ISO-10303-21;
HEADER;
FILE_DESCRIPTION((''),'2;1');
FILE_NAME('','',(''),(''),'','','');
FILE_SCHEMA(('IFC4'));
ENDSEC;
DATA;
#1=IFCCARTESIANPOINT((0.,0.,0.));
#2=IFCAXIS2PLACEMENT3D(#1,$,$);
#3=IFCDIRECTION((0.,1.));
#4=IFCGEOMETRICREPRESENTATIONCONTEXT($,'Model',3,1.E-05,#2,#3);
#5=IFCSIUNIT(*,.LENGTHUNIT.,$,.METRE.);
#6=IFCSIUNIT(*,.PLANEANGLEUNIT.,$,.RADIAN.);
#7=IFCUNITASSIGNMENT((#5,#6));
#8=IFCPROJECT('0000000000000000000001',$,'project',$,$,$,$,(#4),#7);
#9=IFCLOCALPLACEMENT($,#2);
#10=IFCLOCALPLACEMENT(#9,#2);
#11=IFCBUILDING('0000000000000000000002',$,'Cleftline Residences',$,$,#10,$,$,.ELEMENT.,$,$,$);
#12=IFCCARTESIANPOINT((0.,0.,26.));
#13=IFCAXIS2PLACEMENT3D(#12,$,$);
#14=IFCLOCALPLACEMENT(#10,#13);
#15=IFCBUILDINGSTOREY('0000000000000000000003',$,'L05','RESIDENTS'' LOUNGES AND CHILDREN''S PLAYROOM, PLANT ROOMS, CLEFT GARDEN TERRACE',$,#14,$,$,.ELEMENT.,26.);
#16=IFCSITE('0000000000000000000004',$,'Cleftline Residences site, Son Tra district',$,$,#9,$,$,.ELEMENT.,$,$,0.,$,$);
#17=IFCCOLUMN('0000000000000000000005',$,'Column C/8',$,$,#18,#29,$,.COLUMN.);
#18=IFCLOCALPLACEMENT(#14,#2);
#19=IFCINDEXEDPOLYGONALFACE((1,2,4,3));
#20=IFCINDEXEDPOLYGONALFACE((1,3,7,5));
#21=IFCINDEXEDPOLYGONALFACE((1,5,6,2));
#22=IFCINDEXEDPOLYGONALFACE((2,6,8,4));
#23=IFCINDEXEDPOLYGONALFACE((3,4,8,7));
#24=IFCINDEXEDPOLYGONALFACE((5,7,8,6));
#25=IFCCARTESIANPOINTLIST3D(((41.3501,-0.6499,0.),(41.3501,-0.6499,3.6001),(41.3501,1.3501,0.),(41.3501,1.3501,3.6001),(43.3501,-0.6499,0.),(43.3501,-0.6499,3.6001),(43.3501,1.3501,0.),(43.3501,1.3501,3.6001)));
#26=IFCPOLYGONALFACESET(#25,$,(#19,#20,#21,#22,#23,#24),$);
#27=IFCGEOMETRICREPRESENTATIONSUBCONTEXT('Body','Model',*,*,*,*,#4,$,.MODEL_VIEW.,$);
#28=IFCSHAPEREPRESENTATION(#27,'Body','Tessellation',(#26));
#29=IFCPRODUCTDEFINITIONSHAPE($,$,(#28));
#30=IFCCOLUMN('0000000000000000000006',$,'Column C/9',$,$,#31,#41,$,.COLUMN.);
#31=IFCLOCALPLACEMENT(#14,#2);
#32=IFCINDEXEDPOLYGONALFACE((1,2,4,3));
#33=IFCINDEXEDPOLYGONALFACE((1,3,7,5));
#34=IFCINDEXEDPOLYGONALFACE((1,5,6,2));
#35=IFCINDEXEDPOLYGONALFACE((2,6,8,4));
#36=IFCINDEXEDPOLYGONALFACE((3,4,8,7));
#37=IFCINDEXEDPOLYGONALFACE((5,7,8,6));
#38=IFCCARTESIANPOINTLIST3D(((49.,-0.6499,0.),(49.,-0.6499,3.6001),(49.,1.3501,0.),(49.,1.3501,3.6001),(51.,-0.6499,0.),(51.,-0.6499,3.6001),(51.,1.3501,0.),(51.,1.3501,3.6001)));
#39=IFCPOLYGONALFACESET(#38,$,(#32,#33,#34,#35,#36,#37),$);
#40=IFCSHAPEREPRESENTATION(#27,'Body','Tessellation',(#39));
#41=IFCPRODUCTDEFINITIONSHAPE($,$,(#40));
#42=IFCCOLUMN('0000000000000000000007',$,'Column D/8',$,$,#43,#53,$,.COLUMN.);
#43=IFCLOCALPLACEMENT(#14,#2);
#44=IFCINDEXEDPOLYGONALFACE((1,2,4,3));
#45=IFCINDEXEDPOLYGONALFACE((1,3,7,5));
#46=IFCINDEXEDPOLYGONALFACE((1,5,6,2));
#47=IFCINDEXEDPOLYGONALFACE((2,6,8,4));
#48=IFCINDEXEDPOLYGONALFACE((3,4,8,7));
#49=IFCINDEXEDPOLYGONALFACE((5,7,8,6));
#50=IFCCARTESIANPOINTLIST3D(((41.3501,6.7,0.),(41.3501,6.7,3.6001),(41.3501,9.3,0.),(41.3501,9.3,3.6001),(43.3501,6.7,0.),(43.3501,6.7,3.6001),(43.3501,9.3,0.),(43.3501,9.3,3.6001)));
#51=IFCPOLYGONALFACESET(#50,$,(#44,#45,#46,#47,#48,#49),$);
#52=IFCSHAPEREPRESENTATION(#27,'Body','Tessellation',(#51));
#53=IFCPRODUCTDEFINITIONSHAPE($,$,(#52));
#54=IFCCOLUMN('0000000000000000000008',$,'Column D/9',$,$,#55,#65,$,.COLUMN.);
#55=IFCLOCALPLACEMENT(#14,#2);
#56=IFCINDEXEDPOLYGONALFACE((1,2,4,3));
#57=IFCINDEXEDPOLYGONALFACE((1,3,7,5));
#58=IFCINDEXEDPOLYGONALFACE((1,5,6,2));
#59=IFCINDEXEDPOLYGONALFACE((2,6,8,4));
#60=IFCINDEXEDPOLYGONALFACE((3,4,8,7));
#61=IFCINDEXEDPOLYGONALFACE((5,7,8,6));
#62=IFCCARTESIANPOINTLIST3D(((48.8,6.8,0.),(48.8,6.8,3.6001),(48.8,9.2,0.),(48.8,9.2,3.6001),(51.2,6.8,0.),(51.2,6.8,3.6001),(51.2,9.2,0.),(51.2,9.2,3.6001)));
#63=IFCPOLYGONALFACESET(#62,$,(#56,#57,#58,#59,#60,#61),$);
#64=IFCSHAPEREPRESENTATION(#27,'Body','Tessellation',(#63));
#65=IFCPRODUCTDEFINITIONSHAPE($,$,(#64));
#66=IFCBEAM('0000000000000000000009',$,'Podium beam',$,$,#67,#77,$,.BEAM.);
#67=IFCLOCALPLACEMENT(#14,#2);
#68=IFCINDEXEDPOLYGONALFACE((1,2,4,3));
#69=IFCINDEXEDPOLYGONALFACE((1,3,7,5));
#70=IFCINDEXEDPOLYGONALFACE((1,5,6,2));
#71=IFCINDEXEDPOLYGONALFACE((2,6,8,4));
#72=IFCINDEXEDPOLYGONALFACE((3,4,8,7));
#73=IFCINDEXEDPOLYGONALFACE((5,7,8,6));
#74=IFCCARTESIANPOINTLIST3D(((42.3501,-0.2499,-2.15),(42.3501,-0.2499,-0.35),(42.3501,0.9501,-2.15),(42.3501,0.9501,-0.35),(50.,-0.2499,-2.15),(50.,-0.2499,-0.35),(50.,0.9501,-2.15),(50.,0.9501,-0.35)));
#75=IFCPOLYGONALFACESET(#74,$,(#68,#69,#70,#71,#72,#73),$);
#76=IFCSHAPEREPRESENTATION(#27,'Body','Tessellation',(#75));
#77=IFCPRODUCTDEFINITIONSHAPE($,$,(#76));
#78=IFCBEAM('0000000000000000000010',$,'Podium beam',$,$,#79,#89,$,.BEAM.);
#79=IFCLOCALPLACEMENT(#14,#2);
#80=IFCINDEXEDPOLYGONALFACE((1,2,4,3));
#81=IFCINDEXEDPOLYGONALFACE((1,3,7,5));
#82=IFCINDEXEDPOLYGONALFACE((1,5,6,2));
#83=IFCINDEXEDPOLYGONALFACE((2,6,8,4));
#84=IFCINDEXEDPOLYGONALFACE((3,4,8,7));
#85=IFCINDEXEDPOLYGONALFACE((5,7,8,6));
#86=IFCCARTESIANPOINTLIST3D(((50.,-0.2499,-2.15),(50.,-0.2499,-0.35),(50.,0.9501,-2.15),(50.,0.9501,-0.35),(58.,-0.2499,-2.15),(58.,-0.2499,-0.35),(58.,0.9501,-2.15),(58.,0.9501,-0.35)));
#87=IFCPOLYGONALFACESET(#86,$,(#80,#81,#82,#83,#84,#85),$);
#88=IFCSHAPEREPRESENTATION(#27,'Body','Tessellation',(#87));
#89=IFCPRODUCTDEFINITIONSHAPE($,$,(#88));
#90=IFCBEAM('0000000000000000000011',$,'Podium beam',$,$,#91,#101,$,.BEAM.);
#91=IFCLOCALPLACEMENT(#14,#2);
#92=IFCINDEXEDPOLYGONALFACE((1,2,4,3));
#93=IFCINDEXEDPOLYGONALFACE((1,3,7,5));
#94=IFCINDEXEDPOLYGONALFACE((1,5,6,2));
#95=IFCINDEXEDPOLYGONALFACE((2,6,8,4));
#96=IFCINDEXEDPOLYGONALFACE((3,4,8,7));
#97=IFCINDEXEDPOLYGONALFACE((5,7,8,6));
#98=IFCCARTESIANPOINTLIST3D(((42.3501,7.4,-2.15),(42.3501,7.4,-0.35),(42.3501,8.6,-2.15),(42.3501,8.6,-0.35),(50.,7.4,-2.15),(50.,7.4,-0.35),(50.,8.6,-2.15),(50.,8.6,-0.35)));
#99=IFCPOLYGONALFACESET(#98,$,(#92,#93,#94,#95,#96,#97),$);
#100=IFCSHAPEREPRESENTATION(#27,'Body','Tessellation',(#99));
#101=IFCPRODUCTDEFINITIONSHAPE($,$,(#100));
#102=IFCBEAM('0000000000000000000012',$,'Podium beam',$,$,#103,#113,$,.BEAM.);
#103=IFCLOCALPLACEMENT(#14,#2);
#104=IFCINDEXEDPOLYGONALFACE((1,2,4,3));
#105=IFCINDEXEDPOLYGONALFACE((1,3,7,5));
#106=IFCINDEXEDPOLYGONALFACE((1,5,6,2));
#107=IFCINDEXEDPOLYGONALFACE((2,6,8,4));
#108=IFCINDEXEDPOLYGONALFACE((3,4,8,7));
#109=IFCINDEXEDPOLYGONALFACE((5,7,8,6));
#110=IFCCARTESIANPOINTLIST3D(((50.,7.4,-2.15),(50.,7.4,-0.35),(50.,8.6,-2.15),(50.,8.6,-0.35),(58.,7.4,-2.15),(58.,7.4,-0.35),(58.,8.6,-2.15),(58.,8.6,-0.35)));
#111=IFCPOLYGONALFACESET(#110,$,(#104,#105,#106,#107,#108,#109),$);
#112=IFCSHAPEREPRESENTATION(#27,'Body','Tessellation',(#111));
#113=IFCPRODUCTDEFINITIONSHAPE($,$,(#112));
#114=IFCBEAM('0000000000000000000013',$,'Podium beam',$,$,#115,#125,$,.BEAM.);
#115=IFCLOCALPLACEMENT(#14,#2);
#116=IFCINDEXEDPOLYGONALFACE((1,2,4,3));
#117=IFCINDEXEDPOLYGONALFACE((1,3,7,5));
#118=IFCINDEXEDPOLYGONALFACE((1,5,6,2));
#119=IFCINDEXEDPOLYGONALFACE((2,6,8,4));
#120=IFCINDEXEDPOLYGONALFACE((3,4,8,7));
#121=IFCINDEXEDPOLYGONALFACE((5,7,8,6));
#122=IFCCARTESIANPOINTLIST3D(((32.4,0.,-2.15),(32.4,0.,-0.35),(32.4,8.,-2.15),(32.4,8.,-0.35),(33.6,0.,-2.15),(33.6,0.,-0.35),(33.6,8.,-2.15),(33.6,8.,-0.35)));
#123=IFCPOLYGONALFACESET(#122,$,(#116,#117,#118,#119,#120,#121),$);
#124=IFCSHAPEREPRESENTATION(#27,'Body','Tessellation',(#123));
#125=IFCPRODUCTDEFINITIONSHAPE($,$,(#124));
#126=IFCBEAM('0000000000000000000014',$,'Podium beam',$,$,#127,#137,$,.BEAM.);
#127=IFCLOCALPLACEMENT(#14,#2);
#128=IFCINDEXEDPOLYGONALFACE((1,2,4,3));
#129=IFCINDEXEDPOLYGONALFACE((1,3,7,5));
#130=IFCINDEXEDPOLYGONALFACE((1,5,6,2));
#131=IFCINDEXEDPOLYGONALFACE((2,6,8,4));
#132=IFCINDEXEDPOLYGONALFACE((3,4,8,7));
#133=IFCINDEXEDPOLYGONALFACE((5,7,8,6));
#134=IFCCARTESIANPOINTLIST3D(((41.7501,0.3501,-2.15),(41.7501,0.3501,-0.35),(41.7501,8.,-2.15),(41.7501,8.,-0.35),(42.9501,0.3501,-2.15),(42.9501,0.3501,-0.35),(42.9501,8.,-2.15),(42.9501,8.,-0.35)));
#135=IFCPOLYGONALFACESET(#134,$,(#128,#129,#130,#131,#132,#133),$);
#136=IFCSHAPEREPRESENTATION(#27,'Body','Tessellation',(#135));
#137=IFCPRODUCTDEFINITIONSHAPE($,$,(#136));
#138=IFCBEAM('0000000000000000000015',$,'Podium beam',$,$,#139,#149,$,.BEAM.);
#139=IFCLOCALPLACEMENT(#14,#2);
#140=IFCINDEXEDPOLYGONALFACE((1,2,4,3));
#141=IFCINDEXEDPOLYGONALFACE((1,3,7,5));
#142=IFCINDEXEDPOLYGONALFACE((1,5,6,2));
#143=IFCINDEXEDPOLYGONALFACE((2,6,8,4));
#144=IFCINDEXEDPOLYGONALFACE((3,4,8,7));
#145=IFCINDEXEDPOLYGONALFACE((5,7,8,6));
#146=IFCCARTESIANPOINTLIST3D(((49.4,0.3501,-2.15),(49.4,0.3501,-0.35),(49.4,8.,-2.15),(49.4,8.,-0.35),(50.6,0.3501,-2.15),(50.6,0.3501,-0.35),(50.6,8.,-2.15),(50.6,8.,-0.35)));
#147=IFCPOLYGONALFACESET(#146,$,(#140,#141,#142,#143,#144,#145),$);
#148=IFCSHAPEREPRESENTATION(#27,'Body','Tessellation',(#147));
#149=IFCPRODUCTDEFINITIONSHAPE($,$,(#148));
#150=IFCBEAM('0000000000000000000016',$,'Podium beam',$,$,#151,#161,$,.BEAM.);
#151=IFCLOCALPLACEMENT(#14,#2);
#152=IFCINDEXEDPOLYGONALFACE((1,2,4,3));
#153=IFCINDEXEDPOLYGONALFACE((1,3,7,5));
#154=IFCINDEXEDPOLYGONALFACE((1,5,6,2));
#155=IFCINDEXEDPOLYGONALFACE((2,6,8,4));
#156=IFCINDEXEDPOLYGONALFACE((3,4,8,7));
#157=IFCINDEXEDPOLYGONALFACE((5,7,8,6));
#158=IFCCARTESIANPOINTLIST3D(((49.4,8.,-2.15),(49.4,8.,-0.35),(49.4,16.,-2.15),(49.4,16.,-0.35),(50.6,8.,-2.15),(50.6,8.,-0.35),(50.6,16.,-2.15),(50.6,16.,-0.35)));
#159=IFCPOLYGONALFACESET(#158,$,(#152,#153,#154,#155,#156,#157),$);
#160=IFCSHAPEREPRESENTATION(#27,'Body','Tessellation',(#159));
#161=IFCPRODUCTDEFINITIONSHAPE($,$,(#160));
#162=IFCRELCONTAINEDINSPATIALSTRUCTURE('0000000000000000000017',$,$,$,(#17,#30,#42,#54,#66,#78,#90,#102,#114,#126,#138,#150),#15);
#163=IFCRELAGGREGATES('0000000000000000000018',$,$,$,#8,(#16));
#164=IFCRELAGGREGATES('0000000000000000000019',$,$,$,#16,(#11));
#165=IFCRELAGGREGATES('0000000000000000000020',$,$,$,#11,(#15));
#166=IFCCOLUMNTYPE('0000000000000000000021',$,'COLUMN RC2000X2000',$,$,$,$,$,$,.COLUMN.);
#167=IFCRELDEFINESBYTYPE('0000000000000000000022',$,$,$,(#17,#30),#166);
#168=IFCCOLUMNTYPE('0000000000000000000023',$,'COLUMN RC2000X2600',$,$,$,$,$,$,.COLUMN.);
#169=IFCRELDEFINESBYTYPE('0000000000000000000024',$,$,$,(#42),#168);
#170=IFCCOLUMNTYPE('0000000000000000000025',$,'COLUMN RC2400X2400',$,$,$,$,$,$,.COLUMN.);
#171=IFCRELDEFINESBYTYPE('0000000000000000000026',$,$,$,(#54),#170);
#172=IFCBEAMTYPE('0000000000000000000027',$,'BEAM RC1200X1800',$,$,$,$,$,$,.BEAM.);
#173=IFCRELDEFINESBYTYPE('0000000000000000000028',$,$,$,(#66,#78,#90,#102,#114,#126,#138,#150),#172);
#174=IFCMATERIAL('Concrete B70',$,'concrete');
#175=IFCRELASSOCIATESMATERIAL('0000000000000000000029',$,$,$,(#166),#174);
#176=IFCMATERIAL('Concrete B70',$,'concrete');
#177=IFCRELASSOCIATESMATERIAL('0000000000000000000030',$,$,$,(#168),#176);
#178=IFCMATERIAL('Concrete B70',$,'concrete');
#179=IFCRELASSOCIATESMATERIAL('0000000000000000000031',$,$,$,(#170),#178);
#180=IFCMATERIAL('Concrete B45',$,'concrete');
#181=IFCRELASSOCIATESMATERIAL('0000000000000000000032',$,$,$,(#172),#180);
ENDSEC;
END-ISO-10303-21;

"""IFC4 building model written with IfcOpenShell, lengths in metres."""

from ifc_helpers import new_model, si_unit, direction, frame, origin, origin_2d, place, context, subcontext, project, spatial, rectangle, extrude, material, material_profile, profile_set, type_object, element, save


model = new_model("IFC4")

# Units and contexts
model_context = context("Model", 3, precision=1e-05, world=origin(), true_north=direction((0.0, 1.0)))
body_context = subcontext(model_context, "Body", "Model", "MODEL_VIEW")
ifc_project = project(units=[si_unit("LENGTHUNIT", "METRE"), si_unit("PLANEANGLEUNIT", "RADIAN")], contexts=[model_context])

# Site, building, storey
site_placement = place(None, origin())
site = spatial("IfcSite", under=ifc_project, at=site_placement, Name="Cleftline Residences site, Son Tra district", CompositionType="ELEMENT", RefElevation=0.0)
building_placement = place(site_placement, origin())
building = spatial("IfcBuilding", under=site, at=building_placement, Name="Cleftline Residences", CompositionType="ELEMENT")
storey_placement = place(building_placement, frame((0.0, 0.0, 26.0)))
storey = spatial("IfcBuildingStorey", under=building, at=storey_placement, Name="L05", Description="RESIDENTS' LOUNGES AND CHILDREN'S PLAYROOM, PLANT ROOMS, CLEFT GARDEN TERRACE", CompositionType="ELEMENT", Elevation=26.0)

# Columns
ifc_material_1 = material(Name="Concrete B70", Category="concrete")
ifc_material_profile_1 = material_profile(ifc_material_1, rectangle(XDim=2.0, YDim=2.0, at=origin_2d()))
ifc_profile_set_1 = profile_set([ifc_material_profile_1], Name="Concrete B70")
column_type_1 = type_object("IfcColumnType", Name="COLUMN RC2000X2000", PredefinedType="COLUMN", material=ifc_profile_set_1)
for number, where, z_axis, x_axis, name in (
    (1, (42.3501, 0.3501, 0.0), (0.0, 0.0, 1.0), (1.0, 0.0, 0.0), "Column C/8"),
    (2, (50.0, 0.3501, 0.0), (0.0, 0.0, 1.0), (1.0, 0.0, 0.0), "Column C/9"),
):
    element("IfcColumn", number, at=place(storey_placement, frame(where, z_axis=z_axis, x_axis=x_axis)), inside=storey, type_object=column_type_1, Name=name, PredefinedType="COLUMN", context=body_context, shape_type="SweptSolid", body=[
        extrude(rectangle(XDim=2.0, YDim=2.0, at=origin_2d()), origin(), (0.0, 0.0, 1.0), 3.6001),
    ])
ifc_material_2 = material(Name="Concrete B70", Category="concrete")
ifc_material_profile_2 = material_profile(ifc_material_2, rectangle(XDim=2.0, YDim=2.6001, at=origin_2d()))
ifc_profile_set_2 = profile_set([ifc_material_profile_2], Name="Concrete B70")
column_type_2 = type_object("IfcColumnType", Name="COLUMN RC2000X2600", PredefinedType="COLUMN", material=ifc_profile_set_2)
column_1_placement = place(storey_placement, frame((42.3501, 8.0, 0.0), z_axis=(0.0, 0.0, 1.0), x_axis=(1.0, 0.0, 0.0)))
element("IfcColumn", 3, at=column_1_placement, inside=storey, type_object=column_type_2, Name="Column D/8", PredefinedType="COLUMN", context=body_context, shape_type="SweptSolid", body=[
    extrude(rectangle(XDim=2.0, YDim=2.6001, at=origin_2d()), origin(), (0.0, 0.0, 1.0), 3.6001),
])
ifc_material_3 = material(Name="Concrete B70", Category="concrete")
ifc_material_profile_3 = material_profile(ifc_material_3, rectangle(XDim=2.3999, YDim=2.3999, at=origin_2d()))
ifc_profile_set_3 = profile_set([ifc_material_profile_3], Name="Concrete B70")
column_type_3 = type_object("IfcColumnType", Name="COLUMN RC2400X2400", PredefinedType="COLUMN", material=ifc_profile_set_3)
column_2_placement = place(storey_placement, frame((50.0, 8.0, 0.0), z_axis=(0.0, 0.0, 1.0), x_axis=(1.0, 0.0, 0.0)))
element("IfcColumn", 4, at=column_2_placement, inside=storey, type_object=column_type_3, Name="Column D/9", PredefinedType="COLUMN", context=body_context, shape_type="SweptSolid", body=[
    extrude(rectangle(XDim=2.3999, YDim=2.3999, at=origin_2d()), origin(), (0.0, 0.0, 1.0), 3.6001),
])

# Beams
ifc_material_4 = material(Name="Concrete B45", Category="concrete")
ifc_material_profile_4 = material_profile(ifc_material_4, rectangle(XDim=1.2, YDim=1.8, at=origin_2d()))
ifc_profile_set_4 = profile_set([ifc_material_profile_4], Name="Concrete B45")
beam_type = type_object("IfcBeamType", Name="BEAM RC1200X1800", PredefinedType="BEAM", material=ifc_profile_set_4)
beam_1_placement = place(storey_placement, frame((42.3501, 0.3501, -1.25), z_axis=(1.0, 0.0, 0.0), x_axis=(0.0, 1.0, 0.0)))
element("IfcBeam", 5, at=beam_1_placement, inside=storey, type_object=beam_type, Name="Podium beam", PredefinedType="BEAM", context=body_context, shape_type="SweptSolid", body=[
    extrude(rectangle(XDim=1.2, YDim=1.8, at=origin_2d()), origin(), (0.0, 0.0, 1.0), 7.6499),
])
beam_2_placement = place(storey_placement, frame((50.0, 0.3501, -1.25), z_axis=(1.0, 0.0, 0.0), x_axis=(0.0, 1.0, 0.0)))
element("IfcBeam", 6, at=beam_2_placement, inside=storey, type_object=beam_type, Name="Podium beam", PredefinedType="BEAM", context=body_context, shape_type="SweptSolid", body=[
    extrude(rectangle(XDim=1.2, YDim=1.8, at=origin_2d()), origin(), (0.0, 0.0, 1.0), 8.0),
])
beam_3_placement = place(storey_placement, frame((42.3501, 8.0, -1.25), z_axis=(1.0, 0.0, 0.0), x_axis=(0.0, 1.0, 0.0)))
element("IfcBeam", 7, at=beam_3_placement, inside=storey, type_object=beam_type, Name="Podium beam", PredefinedType="BEAM", context=body_context, shape_type="SweptSolid", body=[
    extrude(rectangle(XDim=1.2, YDim=1.8, at=origin_2d()), origin(), (0.0, 0.0, 1.0), 7.6499),
])
for number, where, z_axis, x_axis, name in (
    (8, (50.0, 8.0, -1.25), (1.0, 0.0, 0.0), (0.0, 1.0, 0.0), "Podium beam"),
    (9, (33.0, 0.0, -1.25), (0.0, 1.0, 0.0), (-1.0, 0.0, 0.0), "Podium beam"),
):
    element("IfcBeam", number, at=place(storey_placement, frame(where, z_axis=z_axis, x_axis=x_axis)), inside=storey, type_object=beam_type, Name=name, PredefinedType="BEAM", context=body_context, shape_type="SweptSolid", body=[
        extrude(rectangle(XDim=1.2, YDim=1.8, at=origin_2d()), origin(), (0.0, 0.0, 1.0), 8.0),
    ])
for number, where, z_axis, x_axis, name in (
    (10, (42.3501, 0.3501, -1.25), (0.0, 1.0, 0.0), (-1.0, 0.0, 0.0), "Podium beam"),
    (11, (50.0, 0.3501, -1.25), (0.0, 1.0, 0.0), (-1.0, 0.0, 0.0), "Podium beam"),
):
    element("IfcBeam", number, at=place(storey_placement, frame(where, z_axis=z_axis, x_axis=x_axis)), inside=storey, type_object=beam_type, Name=name, PredefinedType="BEAM", context=body_context, shape_type="SweptSolid", body=[
        extrude(rectangle(XDim=1.2, YDim=1.8, at=origin_2d()), origin(), (0.0, 0.0, 1.0), 7.6499),
    ])
beam_4_placement = place(storey_placement, frame((50.0, 8.0, -1.25), z_axis=(0.0, 1.0, 0.0), x_axis=(-1.0, 0.0, 0.0)))
element("IfcBeam", 12, at=beam_4_placement, inside=storey, type_object=beam_type, Name="Podium beam", PredefinedType="BEAM", context=body_context, shape_type="SweptSolid", body=[
    extrude(rectangle(XDim=1.2, YDim=1.8, at=origin_2d()), origin(), (0.0, 0.0, 1.0), 8.0),
])

save(model, "model.ifc")
